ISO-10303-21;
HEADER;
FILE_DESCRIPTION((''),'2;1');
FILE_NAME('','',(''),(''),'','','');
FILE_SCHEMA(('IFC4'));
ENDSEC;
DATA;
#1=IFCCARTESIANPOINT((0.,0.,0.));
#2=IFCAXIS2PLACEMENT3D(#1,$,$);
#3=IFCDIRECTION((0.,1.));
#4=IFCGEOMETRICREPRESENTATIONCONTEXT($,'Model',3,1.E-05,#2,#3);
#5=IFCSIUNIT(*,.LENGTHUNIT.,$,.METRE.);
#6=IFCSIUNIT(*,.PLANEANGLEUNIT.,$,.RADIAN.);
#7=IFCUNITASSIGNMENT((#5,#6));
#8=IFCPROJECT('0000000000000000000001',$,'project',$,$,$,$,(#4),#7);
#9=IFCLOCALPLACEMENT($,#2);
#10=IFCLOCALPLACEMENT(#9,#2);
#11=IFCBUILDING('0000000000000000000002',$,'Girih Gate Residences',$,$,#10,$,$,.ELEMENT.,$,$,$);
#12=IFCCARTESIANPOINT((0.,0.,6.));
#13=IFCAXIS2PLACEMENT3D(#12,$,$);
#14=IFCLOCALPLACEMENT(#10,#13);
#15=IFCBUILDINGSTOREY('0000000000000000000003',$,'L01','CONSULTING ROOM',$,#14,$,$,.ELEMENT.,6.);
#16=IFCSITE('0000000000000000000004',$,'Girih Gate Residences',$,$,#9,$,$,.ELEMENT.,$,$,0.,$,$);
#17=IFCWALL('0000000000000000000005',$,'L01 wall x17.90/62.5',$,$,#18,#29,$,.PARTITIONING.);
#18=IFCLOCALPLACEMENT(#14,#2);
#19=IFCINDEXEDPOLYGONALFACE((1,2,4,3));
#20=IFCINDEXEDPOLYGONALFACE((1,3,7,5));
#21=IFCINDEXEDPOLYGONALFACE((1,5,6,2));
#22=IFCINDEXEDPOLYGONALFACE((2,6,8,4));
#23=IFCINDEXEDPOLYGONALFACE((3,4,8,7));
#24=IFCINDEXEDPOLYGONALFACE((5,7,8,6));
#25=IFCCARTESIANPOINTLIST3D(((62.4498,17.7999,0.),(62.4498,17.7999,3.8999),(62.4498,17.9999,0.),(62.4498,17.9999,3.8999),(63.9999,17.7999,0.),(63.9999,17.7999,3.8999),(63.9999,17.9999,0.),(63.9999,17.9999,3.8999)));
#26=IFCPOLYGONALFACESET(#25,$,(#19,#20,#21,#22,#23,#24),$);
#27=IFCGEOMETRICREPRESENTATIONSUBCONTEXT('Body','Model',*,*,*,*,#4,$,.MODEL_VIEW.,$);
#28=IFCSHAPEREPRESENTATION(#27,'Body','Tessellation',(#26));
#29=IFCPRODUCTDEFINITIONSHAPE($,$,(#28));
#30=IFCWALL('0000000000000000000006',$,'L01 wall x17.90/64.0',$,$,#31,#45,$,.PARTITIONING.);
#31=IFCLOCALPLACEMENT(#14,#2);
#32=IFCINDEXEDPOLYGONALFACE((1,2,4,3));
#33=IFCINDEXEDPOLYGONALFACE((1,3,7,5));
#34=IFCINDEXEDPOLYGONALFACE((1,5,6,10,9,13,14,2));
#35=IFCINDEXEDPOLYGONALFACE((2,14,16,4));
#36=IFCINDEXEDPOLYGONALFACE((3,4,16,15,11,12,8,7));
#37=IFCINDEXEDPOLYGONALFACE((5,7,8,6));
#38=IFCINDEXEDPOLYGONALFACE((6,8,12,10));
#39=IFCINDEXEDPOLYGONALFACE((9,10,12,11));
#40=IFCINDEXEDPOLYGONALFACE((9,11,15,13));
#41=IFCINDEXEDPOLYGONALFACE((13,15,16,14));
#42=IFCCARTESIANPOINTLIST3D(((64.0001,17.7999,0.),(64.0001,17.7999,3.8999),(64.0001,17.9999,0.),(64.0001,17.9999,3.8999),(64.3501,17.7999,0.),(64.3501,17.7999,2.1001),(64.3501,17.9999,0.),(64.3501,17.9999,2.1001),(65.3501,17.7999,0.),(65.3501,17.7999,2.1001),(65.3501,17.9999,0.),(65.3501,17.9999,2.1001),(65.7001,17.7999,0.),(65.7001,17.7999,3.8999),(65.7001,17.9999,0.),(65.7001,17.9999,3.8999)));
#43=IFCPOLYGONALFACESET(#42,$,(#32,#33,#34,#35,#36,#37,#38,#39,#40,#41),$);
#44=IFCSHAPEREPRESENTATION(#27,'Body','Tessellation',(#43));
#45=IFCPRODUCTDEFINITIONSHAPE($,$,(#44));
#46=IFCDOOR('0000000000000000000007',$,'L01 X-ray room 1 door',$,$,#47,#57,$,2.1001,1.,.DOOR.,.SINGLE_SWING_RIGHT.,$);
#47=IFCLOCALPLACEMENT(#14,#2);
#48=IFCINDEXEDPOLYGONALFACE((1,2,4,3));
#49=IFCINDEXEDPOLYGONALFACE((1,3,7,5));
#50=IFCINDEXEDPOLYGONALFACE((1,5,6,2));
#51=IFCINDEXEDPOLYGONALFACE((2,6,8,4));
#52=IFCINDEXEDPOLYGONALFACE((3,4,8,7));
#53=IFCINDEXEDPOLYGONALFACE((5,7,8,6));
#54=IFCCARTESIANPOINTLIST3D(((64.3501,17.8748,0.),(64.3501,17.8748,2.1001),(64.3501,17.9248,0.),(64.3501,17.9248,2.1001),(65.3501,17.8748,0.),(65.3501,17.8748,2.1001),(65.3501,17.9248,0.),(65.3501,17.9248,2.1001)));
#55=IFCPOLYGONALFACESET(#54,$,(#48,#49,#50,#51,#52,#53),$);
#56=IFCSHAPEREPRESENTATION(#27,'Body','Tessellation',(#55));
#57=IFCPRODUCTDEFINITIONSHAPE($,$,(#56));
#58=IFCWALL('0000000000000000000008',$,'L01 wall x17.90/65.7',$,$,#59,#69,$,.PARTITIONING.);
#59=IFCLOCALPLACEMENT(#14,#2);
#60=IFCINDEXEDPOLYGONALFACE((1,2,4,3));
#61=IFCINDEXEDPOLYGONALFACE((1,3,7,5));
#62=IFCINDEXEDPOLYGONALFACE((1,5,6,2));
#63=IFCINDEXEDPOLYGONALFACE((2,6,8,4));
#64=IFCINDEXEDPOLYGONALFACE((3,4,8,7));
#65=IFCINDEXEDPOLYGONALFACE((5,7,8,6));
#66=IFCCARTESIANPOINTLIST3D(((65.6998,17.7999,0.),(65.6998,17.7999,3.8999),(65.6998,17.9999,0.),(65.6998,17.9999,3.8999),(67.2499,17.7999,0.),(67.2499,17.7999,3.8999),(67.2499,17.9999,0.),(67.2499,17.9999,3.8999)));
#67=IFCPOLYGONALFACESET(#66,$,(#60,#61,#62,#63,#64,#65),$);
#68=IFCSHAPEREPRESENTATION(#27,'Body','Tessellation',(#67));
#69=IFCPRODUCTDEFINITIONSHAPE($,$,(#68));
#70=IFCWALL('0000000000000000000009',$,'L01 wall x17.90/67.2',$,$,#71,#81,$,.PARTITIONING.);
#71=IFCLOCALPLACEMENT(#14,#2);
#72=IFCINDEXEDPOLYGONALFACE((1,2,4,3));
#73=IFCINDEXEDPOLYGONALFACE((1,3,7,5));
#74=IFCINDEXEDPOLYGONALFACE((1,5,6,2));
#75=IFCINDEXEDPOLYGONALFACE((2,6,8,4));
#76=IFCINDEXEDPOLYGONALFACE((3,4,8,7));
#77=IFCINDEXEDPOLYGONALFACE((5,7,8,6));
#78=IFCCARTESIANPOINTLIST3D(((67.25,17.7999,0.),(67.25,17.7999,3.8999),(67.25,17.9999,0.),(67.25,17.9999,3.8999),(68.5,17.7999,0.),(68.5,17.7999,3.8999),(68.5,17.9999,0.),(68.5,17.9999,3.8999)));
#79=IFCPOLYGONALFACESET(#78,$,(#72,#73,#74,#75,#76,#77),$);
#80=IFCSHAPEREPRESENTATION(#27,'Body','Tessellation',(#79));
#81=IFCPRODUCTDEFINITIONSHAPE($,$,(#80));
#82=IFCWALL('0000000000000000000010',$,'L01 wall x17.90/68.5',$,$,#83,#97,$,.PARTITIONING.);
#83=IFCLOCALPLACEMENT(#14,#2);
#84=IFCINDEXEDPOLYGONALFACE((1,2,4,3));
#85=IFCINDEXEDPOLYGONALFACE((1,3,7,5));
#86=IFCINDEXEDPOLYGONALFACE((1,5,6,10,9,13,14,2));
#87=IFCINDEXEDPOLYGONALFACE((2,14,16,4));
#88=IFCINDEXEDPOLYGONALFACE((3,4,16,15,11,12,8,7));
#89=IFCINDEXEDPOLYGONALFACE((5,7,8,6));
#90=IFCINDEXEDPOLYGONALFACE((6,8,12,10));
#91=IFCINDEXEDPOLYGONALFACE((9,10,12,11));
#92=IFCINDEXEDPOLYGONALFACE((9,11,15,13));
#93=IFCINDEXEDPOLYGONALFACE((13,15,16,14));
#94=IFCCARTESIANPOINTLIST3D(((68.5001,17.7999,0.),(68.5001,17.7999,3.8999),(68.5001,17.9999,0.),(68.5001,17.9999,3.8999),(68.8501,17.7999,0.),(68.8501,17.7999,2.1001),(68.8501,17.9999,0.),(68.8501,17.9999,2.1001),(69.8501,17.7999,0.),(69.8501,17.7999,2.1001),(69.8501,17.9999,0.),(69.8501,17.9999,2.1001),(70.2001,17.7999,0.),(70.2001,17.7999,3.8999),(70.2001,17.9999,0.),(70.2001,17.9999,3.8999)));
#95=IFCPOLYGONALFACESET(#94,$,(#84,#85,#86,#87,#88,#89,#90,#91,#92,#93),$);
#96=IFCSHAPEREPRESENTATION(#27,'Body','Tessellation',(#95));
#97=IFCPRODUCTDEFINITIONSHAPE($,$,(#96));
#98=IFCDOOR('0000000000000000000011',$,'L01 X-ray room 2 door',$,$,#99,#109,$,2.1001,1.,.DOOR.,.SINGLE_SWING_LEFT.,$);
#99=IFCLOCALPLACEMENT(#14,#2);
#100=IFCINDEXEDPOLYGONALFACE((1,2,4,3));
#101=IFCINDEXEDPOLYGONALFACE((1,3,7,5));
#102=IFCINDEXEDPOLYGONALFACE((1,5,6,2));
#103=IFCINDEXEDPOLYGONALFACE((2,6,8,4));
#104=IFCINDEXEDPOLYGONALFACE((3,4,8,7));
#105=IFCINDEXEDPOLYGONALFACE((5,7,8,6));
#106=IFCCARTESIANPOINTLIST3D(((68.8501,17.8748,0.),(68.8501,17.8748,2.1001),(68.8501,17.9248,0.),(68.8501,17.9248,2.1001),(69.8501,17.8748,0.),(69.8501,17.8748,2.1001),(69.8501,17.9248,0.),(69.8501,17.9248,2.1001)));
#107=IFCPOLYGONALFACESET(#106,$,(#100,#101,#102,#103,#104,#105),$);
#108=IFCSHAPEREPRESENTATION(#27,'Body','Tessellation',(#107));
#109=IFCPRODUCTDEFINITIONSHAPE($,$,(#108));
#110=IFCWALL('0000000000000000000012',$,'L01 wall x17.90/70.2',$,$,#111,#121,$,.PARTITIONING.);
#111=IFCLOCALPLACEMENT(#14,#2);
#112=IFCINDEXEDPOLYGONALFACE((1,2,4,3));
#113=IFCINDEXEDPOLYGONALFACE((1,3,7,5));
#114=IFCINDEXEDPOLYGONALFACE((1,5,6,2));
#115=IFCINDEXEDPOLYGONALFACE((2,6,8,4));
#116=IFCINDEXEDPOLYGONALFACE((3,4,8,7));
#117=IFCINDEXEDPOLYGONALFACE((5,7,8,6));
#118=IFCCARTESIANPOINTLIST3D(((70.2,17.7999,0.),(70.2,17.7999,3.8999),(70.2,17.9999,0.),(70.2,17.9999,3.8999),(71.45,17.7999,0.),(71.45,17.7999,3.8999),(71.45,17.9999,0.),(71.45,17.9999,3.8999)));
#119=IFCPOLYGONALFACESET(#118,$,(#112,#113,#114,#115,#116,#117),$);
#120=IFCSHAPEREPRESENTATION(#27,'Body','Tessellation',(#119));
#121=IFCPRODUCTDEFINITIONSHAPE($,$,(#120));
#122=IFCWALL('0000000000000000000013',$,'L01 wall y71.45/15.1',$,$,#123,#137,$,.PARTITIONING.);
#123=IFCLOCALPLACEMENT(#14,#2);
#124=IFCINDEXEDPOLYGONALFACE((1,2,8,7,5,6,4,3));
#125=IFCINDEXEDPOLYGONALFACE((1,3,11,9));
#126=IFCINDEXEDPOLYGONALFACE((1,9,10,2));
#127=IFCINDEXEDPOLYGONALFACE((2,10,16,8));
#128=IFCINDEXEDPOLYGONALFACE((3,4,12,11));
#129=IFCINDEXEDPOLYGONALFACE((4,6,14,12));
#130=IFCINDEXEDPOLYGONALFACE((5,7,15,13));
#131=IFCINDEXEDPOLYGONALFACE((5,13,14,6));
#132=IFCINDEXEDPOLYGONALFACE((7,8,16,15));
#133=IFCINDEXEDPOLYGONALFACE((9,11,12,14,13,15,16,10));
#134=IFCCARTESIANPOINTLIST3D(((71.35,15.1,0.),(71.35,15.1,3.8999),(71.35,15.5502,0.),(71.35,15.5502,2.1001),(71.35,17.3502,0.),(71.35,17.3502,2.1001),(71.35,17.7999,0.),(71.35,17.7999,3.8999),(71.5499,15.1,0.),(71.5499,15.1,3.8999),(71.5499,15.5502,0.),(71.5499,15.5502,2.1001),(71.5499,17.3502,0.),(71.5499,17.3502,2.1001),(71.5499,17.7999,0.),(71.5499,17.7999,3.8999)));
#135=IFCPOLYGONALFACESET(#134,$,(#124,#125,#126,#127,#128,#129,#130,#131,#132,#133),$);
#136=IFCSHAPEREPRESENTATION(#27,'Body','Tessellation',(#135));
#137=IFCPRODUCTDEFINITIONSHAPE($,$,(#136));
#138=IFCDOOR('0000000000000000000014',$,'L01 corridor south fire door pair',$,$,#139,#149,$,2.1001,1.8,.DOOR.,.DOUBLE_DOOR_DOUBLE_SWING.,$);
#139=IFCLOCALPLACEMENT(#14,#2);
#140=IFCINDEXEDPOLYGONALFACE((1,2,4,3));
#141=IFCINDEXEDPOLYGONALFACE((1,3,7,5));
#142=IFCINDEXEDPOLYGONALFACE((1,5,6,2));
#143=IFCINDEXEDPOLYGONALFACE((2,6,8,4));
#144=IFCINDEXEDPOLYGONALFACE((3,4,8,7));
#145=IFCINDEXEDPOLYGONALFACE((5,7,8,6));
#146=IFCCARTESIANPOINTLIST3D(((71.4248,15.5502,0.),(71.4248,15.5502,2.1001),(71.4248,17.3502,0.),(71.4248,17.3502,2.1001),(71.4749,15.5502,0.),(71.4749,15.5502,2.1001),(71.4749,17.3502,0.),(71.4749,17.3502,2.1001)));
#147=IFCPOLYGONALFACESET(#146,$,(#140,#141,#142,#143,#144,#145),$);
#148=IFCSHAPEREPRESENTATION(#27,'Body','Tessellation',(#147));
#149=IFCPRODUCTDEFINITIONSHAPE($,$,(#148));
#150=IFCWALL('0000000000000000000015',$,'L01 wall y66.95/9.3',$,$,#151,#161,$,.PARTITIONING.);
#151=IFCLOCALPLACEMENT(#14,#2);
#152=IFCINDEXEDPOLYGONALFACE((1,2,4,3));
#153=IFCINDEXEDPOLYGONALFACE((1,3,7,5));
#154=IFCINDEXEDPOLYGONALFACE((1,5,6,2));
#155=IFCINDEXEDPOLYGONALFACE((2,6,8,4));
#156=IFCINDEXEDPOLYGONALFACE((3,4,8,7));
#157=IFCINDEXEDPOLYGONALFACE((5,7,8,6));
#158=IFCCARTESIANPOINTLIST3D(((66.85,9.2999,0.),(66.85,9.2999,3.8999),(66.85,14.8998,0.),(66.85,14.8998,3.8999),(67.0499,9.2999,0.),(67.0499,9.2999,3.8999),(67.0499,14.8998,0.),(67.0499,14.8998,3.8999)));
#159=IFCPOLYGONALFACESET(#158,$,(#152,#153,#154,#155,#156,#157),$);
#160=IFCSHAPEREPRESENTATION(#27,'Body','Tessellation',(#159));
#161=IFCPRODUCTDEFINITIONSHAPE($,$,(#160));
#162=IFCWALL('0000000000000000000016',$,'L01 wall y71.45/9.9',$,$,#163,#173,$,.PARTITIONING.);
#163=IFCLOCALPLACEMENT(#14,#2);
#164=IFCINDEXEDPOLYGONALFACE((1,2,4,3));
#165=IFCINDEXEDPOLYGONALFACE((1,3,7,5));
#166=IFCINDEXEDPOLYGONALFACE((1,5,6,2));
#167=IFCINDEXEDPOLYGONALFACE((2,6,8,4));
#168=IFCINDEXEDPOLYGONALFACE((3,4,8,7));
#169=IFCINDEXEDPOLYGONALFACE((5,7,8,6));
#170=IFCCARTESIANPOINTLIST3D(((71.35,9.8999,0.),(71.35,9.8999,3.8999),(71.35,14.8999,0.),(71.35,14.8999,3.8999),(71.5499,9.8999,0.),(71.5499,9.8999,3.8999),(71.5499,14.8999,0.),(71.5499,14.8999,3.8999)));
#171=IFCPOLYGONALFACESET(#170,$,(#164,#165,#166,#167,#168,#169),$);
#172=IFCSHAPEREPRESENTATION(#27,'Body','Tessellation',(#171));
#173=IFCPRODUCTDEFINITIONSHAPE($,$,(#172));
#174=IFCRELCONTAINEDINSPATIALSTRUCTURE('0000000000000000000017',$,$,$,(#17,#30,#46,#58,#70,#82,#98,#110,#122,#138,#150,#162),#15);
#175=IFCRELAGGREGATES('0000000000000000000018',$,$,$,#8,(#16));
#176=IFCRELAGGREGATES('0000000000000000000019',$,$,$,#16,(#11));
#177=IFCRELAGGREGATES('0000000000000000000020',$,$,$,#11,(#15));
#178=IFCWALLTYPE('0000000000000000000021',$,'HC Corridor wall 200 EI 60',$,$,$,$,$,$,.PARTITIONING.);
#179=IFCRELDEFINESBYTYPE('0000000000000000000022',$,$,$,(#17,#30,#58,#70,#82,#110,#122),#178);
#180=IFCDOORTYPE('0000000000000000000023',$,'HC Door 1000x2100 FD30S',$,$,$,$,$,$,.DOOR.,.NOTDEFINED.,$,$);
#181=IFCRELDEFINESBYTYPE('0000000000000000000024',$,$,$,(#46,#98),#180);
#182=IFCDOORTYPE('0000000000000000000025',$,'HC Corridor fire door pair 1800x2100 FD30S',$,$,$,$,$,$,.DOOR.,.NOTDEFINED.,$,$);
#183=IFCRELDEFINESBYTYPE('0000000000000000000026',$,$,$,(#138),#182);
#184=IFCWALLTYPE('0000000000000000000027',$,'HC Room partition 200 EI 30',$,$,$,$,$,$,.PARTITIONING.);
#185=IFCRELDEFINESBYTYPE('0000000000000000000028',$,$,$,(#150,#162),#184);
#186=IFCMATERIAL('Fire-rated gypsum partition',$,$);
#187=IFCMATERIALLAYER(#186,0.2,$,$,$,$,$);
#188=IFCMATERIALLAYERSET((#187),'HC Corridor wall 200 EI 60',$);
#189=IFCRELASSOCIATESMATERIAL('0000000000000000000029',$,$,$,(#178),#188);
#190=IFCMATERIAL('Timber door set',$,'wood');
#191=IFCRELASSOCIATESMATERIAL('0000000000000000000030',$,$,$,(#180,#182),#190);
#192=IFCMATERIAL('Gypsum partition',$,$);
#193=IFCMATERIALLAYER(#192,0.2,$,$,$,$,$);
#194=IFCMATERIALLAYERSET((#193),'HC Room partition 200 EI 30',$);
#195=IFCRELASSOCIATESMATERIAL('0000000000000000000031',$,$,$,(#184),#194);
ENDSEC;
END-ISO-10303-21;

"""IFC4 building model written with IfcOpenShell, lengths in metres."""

from ifc_helpers import new_model, si_unit, direction, frame, frame_2d, origin, place, context, subcontext, project, spatial, rectangle, extrude, material, layer, layer_set, type_object, element, fill, save


model = new_model("IFC4")

# Units and contexts
model_context = context("Model", 3, precision=1e-05, world=origin(), true_north=direction((0.0, 1.0)))
body_context = subcontext(model_context, "Body", "Model", "MODEL_VIEW")
ifc_project = project(units=[si_unit("LENGTHUNIT", "METRE"), si_unit("PLANEANGLEUNIT", "RADIAN")], contexts=[model_context])

# Site, building, storey
site_placement = place(None, origin())
site = spatial("IfcSite", under=ifc_project, at=site_placement, Name="Girih Gate Residences", CompositionType="ELEMENT", RefElevation=0.0)
building_placement = place(site_placement, origin())
building = spatial("IfcBuilding", under=site, at=building_placement, Name="Girih Gate Residences", CompositionType="ELEMENT")
storey_placement = place(building_placement, frame((0.0, 0.0, 6.0)))
storey = spatial("IfcBuildingStorey", under=building, at=storey_placement, Name="L01", Description="CONSULTING ROOM", CompositionType="ELEMENT", Elevation=6.0)

# Shared definitions
ifc_material_1 = material(Name="Fire-rated gypsum partition")
ifc_layer_1 = layer(ifc_material_1, 0.2)
ifc_layer_set_1 = layer_set([ifc_layer_1], Name="HC Corridor wall 200 EI 60")
wall_type_1 = type_object("IfcWallType", Name="HC Corridor wall 200 EI 60", PredefinedType="PARTITIONING", material=ifc_layer_set_1)
ifc_material_2 = material(Name="Timber door set", Category="wood")
door_type_1 = type_object("IfcDoorType", Name="HC Door 1000x2100 FD30S", OperationType="NOTDEFINED", PredefinedType="DOOR", material=ifc_material_2)

# Wall
wall_1_placement = place(storey_placement, frame((62.45, 17.8999, 0.0), z_axis=(0.0, 0.0, 1.0), x_axis=(1.0, 0.0, 0.0)))
element("IfcWall", 1, at=wall_1_placement, inside=storey, type_object=wall_type_1, Name="L01 wall x17.90/62.5", PredefinedType="PARTITIONING", context=body_context, shape_type="SweptSolid", body=[
    extrude(rectangle(XDim=1.55, YDim=0.2, at=frame_2d((0.7749, 0.0))), origin(), (0.0, 0.0, 1.0), 3.8999),
])

# Wall, opening, door
wall_2_placement = place(storey_placement, frame((64.0, 17.8999, 0.0), z_axis=(0.0, 0.0, 1.0), x_axis=(1.0, 0.0, 0.0)))
wall_2 = element("IfcWall", 2, at=wall_2_placement, inside=storey, type_object=wall_type_1, Name="L01 wall x17.90/64.0", PredefinedType="PARTITIONING", context=body_context, shape_type="SweptSolid", body=[
    extrude(rectangle(XDim=1.7, YDim=0.2, at=frame_2d((0.8501, 0.0))), origin(), (0.0, 0.0, 1.0), 3.8999),
])
opening_1_placement = place(wall_2_placement, frame((0.3501, 0.0, 0.0)))
opening_1 = element("IfcOpeningElement", 3, at=opening_1_placement, cuts=wall_2, PredefinedType="OPENING", context=body_context, shape_type="SweptSolid", body=[
    extrude(rectangle(XDim=1.0, YDim=2.1001, at=frame_2d((0.5, 1.05))), frame((0.0, 0.1099, 0.0), z_axis=(0.0, -1.0, 0.0), x_axis=(1.0, 0.0, 0.0)), (0.0, 0.0, 1.0), 0.22),
])
door_1_placement = place(opening_1_placement, origin())
door_1 = element("IfcDoor", 4, at=door_1_placement, inside=storey, type_object=door_type_1, Name="L01 X-ray room 1 door", OperationType="SINGLE_SWING_RIGHT", OverallHeight=2.1001, OverallWidth=1.0, PredefinedType="DOOR", context=body_context, shape_type="SweptSolid", body=[
    extrude(rectangle(XDim=1.0, YDim=2.1001, at=frame_2d((0.5, 1.05))), frame((0.0, 0.0249, 0.0), z_axis=(0.0, -1.0, 0.0), x_axis=(1.0, 0.0, 0.0)), (0.0, 0.0, 1.0), 0.05),
])
fill(opening_1, door_1)

# Walls
wall_3_placement = place(storey_placement, frame((65.7, 17.8999, 0.0), z_axis=(0.0, 0.0, 1.0), x_axis=(1.0, 0.0, 0.0)))
element("IfcWall", 5, at=wall_3_placement, inside=storey, type_object=wall_type_1, Name="L01 wall x17.90/65.7", PredefinedType="PARTITIONING", context=body_context, shape_type="SweptSolid", body=[
    extrude(rectangle(XDim=1.55, YDim=0.2, at=frame_2d((0.7749, 0.0))), origin(), (0.0, 0.0, 1.0), 3.8999),
])
wall_4_placement = place(storey_placement, frame((67.25, 17.8999, 0.0), z_axis=(0.0, 0.0, 1.0), x_axis=(1.0, 0.0, 0.0)))
element("IfcWall", 6, at=wall_4_placement, inside=storey, type_object=wall_type_1, Name="L01 wall x17.90/67.2", PredefinedType="PARTITIONING", context=body_context, shape_type="SweptSolid", body=[
    extrude(rectangle(XDim=1.25, YDim=0.2, at=frame_2d((0.625, 0.0))), origin(), (0.0, 0.0, 1.0), 3.8999),
])

# Wall, opening, door
wall_5_placement = place(storey_placement, frame((68.5, 17.8999, 0.0), z_axis=(0.0, 0.0, 1.0), x_axis=(1.0, 0.0, 0.0)))
wall_5 = element("IfcWall", 7, at=wall_5_placement, inside=storey, type_object=wall_type_1, Name="L01 wall x17.90/68.5", PredefinedType="PARTITIONING", context=body_context, shape_type="SweptSolid", body=[
    extrude(rectangle(XDim=1.7, YDim=0.2, at=frame_2d((0.8501, 0.0))), origin(), (0.0, 0.0, 1.0), 3.8999),
])
opening_2_placement = place(wall_5_placement, frame((0.3501, 0.0, 0.0)))
opening_2 = element("IfcOpeningElement", 8, at=opening_2_placement, cuts=wall_5, PredefinedType="OPENING", context=body_context, shape_type="SweptSolid", body=[
    extrude(rectangle(XDim=1.0, YDim=2.1001, at=frame_2d((0.5, 1.05))), frame((0.0, 0.1099, 0.0), z_axis=(0.0, -1.0, 0.0), x_axis=(1.0, 0.0, 0.0)), (0.0, 0.0, 1.0), 0.22),
])
door_2_placement = place(opening_2_placement, origin())
door_2 = element("IfcDoor", 9, at=door_2_placement, inside=storey, type_object=door_type_1, Name="L01 X-ray room 2 door", OperationType="SINGLE_SWING_LEFT", OverallHeight=2.1001, OverallWidth=1.0, PredefinedType="DOOR", context=body_context, shape_type="SweptSolid", body=[
    extrude(rectangle(XDim=1.0, YDim=2.1001, at=frame_2d((0.5, 1.05))), frame((0.0, 0.0249, 0.0), z_axis=(0.0, -1.0, 0.0), x_axis=(1.0, 0.0, 0.0)), (0.0, 0.0, 1.0), 0.05),
])
fill(opening_2, door_2)

# Wall
wall_6_placement = place(storey_placement, frame((70.2, 17.8999, 0.0), z_axis=(0.0, 0.0, 1.0), x_axis=(1.0, 0.0, 0.0)))
element("IfcWall", 10, at=wall_6_placement, inside=storey, type_object=wall_type_1, Name="L01 wall x17.90/70.2", PredefinedType="PARTITIONING", context=body_context, shape_type="SweptSolid", body=[
    extrude(rectangle(XDim=1.25, YDim=0.2, at=frame_2d((0.625, 0.0))), origin(), (0.0, 0.0, 1.0), 3.8999),
])

# Wall, opening, door
wall_7_placement = place(storey_placement, frame((71.45, 17.8, 0.0), z_axis=(0.0, 0.0, 1.0), x_axis=(0.0, -1.0, 0.0)))
wall_7 = element("IfcWall", 11, at=wall_7_placement, inside=storey, type_object=wall_type_1, Name="L01 wall y71.45/15.1", PredefinedType="PARTITIONING", context=body_context, shape_type="SweptSolid", body=[
    extrude(rectangle(XDim=2.7, YDim=0.2, at=frame_2d((1.3501, 0.0))), origin(), (0.0, 0.0, 1.0), 3.8999),
])
opening_3_placement = place(wall_7_placement, frame((0.45, 0.0, 0.0)))
opening_3 = element("IfcOpeningElement", 12, at=opening_3_placement, cuts=wall_7, PredefinedType="OPENING", context=body_context, shape_type="SweptSolid", body=[
    extrude(rectangle(XDim=1.8, YDim=2.1001, at=frame_2d((0.8999, 1.05))), frame((0.0, 0.1099, 0.0), z_axis=(0.0, -1.0, 0.0), x_axis=(1.0, 0.0, 0.0)), (0.0, 0.0, 1.0), 0.22),
])
door_type_2 = type_object("IfcDoorType", Name="HC Corridor fire door pair 1800x2100 FD30S", OperationType="NOTDEFINED", PredefinedType="DOOR", material=ifc_material_2)
door_3_placement = place(opening_3_placement, origin())
door_3 = element("IfcDoor", 13, at=door_3_placement, inside=storey, type_object=door_type_2, Name="L01 corridor south fire door pair", OperationType="DOUBLE_DOOR_DOUBLE_SWING", OverallHeight=2.1001, OverallWidth=1.8, PredefinedType="DOOR", context=body_context, shape_type="SweptSolid", body=[
    extrude(rectangle(XDim=1.8, YDim=2.1001, at=frame_2d((0.8999, 1.05))), frame((0.0, 0.0249, 0.0), z_axis=(0.0, -1.0, 0.0), x_axis=(1.0, 0.0, 0.0)), (0.0, 0.0, 1.0), 0.05),
])
fill(opening_3, door_3)

# Walls
ifc_material_3 = material(Name="Gypsum partition")
ifc_layer_2 = layer(ifc_material_3, 0.2)
ifc_layer_set_2 = layer_set([ifc_layer_2], Name="HC Room partition 200 EI 30")
wall_type_2 = type_object("IfcWallType", Name="HC Room partition 200 EI 30", PredefinedType="PARTITIONING", material=ifc_layer_set_2)
wall_8_placement = place(storey_placement, frame((66.95, 9.3, 0.0), z_axis=(0.0, 0.0, 1.0), x_axis=(0.0, 1.0, 0.0)))
element("IfcWall", 14, at=wall_8_placement, inside=storey, type_object=wall_type_2, Name="L01 wall y66.95/9.3", PredefinedType="PARTITIONING", context=body_context, shape_type="SweptSolid", body=[
    extrude(rectangle(XDim=5.5999, YDim=0.2, at=frame_2d((2.7998, 0.0))), origin(), (0.0, 0.0, 1.0), 3.8999),
])
wall_9_placement = place(storey_placement, frame((71.45, 9.8999, 0.0), z_axis=(0.0, 0.0, 1.0), x_axis=(0.0, 1.0, 0.0)))
element("IfcWall", 15, at=wall_9_placement, inside=storey, type_object=wall_type_2, Name="L01 wall y71.45/9.9", PredefinedType="PARTITIONING", context=body_context, shape_type="SweptSolid", body=[
    extrude(rectangle(XDim=5.0, YDim=0.2, at=frame_2d((2.5, 0.0))), origin(), (0.0, 0.0, 1.0), 3.8999),
])

save(model, "model.ifc")
